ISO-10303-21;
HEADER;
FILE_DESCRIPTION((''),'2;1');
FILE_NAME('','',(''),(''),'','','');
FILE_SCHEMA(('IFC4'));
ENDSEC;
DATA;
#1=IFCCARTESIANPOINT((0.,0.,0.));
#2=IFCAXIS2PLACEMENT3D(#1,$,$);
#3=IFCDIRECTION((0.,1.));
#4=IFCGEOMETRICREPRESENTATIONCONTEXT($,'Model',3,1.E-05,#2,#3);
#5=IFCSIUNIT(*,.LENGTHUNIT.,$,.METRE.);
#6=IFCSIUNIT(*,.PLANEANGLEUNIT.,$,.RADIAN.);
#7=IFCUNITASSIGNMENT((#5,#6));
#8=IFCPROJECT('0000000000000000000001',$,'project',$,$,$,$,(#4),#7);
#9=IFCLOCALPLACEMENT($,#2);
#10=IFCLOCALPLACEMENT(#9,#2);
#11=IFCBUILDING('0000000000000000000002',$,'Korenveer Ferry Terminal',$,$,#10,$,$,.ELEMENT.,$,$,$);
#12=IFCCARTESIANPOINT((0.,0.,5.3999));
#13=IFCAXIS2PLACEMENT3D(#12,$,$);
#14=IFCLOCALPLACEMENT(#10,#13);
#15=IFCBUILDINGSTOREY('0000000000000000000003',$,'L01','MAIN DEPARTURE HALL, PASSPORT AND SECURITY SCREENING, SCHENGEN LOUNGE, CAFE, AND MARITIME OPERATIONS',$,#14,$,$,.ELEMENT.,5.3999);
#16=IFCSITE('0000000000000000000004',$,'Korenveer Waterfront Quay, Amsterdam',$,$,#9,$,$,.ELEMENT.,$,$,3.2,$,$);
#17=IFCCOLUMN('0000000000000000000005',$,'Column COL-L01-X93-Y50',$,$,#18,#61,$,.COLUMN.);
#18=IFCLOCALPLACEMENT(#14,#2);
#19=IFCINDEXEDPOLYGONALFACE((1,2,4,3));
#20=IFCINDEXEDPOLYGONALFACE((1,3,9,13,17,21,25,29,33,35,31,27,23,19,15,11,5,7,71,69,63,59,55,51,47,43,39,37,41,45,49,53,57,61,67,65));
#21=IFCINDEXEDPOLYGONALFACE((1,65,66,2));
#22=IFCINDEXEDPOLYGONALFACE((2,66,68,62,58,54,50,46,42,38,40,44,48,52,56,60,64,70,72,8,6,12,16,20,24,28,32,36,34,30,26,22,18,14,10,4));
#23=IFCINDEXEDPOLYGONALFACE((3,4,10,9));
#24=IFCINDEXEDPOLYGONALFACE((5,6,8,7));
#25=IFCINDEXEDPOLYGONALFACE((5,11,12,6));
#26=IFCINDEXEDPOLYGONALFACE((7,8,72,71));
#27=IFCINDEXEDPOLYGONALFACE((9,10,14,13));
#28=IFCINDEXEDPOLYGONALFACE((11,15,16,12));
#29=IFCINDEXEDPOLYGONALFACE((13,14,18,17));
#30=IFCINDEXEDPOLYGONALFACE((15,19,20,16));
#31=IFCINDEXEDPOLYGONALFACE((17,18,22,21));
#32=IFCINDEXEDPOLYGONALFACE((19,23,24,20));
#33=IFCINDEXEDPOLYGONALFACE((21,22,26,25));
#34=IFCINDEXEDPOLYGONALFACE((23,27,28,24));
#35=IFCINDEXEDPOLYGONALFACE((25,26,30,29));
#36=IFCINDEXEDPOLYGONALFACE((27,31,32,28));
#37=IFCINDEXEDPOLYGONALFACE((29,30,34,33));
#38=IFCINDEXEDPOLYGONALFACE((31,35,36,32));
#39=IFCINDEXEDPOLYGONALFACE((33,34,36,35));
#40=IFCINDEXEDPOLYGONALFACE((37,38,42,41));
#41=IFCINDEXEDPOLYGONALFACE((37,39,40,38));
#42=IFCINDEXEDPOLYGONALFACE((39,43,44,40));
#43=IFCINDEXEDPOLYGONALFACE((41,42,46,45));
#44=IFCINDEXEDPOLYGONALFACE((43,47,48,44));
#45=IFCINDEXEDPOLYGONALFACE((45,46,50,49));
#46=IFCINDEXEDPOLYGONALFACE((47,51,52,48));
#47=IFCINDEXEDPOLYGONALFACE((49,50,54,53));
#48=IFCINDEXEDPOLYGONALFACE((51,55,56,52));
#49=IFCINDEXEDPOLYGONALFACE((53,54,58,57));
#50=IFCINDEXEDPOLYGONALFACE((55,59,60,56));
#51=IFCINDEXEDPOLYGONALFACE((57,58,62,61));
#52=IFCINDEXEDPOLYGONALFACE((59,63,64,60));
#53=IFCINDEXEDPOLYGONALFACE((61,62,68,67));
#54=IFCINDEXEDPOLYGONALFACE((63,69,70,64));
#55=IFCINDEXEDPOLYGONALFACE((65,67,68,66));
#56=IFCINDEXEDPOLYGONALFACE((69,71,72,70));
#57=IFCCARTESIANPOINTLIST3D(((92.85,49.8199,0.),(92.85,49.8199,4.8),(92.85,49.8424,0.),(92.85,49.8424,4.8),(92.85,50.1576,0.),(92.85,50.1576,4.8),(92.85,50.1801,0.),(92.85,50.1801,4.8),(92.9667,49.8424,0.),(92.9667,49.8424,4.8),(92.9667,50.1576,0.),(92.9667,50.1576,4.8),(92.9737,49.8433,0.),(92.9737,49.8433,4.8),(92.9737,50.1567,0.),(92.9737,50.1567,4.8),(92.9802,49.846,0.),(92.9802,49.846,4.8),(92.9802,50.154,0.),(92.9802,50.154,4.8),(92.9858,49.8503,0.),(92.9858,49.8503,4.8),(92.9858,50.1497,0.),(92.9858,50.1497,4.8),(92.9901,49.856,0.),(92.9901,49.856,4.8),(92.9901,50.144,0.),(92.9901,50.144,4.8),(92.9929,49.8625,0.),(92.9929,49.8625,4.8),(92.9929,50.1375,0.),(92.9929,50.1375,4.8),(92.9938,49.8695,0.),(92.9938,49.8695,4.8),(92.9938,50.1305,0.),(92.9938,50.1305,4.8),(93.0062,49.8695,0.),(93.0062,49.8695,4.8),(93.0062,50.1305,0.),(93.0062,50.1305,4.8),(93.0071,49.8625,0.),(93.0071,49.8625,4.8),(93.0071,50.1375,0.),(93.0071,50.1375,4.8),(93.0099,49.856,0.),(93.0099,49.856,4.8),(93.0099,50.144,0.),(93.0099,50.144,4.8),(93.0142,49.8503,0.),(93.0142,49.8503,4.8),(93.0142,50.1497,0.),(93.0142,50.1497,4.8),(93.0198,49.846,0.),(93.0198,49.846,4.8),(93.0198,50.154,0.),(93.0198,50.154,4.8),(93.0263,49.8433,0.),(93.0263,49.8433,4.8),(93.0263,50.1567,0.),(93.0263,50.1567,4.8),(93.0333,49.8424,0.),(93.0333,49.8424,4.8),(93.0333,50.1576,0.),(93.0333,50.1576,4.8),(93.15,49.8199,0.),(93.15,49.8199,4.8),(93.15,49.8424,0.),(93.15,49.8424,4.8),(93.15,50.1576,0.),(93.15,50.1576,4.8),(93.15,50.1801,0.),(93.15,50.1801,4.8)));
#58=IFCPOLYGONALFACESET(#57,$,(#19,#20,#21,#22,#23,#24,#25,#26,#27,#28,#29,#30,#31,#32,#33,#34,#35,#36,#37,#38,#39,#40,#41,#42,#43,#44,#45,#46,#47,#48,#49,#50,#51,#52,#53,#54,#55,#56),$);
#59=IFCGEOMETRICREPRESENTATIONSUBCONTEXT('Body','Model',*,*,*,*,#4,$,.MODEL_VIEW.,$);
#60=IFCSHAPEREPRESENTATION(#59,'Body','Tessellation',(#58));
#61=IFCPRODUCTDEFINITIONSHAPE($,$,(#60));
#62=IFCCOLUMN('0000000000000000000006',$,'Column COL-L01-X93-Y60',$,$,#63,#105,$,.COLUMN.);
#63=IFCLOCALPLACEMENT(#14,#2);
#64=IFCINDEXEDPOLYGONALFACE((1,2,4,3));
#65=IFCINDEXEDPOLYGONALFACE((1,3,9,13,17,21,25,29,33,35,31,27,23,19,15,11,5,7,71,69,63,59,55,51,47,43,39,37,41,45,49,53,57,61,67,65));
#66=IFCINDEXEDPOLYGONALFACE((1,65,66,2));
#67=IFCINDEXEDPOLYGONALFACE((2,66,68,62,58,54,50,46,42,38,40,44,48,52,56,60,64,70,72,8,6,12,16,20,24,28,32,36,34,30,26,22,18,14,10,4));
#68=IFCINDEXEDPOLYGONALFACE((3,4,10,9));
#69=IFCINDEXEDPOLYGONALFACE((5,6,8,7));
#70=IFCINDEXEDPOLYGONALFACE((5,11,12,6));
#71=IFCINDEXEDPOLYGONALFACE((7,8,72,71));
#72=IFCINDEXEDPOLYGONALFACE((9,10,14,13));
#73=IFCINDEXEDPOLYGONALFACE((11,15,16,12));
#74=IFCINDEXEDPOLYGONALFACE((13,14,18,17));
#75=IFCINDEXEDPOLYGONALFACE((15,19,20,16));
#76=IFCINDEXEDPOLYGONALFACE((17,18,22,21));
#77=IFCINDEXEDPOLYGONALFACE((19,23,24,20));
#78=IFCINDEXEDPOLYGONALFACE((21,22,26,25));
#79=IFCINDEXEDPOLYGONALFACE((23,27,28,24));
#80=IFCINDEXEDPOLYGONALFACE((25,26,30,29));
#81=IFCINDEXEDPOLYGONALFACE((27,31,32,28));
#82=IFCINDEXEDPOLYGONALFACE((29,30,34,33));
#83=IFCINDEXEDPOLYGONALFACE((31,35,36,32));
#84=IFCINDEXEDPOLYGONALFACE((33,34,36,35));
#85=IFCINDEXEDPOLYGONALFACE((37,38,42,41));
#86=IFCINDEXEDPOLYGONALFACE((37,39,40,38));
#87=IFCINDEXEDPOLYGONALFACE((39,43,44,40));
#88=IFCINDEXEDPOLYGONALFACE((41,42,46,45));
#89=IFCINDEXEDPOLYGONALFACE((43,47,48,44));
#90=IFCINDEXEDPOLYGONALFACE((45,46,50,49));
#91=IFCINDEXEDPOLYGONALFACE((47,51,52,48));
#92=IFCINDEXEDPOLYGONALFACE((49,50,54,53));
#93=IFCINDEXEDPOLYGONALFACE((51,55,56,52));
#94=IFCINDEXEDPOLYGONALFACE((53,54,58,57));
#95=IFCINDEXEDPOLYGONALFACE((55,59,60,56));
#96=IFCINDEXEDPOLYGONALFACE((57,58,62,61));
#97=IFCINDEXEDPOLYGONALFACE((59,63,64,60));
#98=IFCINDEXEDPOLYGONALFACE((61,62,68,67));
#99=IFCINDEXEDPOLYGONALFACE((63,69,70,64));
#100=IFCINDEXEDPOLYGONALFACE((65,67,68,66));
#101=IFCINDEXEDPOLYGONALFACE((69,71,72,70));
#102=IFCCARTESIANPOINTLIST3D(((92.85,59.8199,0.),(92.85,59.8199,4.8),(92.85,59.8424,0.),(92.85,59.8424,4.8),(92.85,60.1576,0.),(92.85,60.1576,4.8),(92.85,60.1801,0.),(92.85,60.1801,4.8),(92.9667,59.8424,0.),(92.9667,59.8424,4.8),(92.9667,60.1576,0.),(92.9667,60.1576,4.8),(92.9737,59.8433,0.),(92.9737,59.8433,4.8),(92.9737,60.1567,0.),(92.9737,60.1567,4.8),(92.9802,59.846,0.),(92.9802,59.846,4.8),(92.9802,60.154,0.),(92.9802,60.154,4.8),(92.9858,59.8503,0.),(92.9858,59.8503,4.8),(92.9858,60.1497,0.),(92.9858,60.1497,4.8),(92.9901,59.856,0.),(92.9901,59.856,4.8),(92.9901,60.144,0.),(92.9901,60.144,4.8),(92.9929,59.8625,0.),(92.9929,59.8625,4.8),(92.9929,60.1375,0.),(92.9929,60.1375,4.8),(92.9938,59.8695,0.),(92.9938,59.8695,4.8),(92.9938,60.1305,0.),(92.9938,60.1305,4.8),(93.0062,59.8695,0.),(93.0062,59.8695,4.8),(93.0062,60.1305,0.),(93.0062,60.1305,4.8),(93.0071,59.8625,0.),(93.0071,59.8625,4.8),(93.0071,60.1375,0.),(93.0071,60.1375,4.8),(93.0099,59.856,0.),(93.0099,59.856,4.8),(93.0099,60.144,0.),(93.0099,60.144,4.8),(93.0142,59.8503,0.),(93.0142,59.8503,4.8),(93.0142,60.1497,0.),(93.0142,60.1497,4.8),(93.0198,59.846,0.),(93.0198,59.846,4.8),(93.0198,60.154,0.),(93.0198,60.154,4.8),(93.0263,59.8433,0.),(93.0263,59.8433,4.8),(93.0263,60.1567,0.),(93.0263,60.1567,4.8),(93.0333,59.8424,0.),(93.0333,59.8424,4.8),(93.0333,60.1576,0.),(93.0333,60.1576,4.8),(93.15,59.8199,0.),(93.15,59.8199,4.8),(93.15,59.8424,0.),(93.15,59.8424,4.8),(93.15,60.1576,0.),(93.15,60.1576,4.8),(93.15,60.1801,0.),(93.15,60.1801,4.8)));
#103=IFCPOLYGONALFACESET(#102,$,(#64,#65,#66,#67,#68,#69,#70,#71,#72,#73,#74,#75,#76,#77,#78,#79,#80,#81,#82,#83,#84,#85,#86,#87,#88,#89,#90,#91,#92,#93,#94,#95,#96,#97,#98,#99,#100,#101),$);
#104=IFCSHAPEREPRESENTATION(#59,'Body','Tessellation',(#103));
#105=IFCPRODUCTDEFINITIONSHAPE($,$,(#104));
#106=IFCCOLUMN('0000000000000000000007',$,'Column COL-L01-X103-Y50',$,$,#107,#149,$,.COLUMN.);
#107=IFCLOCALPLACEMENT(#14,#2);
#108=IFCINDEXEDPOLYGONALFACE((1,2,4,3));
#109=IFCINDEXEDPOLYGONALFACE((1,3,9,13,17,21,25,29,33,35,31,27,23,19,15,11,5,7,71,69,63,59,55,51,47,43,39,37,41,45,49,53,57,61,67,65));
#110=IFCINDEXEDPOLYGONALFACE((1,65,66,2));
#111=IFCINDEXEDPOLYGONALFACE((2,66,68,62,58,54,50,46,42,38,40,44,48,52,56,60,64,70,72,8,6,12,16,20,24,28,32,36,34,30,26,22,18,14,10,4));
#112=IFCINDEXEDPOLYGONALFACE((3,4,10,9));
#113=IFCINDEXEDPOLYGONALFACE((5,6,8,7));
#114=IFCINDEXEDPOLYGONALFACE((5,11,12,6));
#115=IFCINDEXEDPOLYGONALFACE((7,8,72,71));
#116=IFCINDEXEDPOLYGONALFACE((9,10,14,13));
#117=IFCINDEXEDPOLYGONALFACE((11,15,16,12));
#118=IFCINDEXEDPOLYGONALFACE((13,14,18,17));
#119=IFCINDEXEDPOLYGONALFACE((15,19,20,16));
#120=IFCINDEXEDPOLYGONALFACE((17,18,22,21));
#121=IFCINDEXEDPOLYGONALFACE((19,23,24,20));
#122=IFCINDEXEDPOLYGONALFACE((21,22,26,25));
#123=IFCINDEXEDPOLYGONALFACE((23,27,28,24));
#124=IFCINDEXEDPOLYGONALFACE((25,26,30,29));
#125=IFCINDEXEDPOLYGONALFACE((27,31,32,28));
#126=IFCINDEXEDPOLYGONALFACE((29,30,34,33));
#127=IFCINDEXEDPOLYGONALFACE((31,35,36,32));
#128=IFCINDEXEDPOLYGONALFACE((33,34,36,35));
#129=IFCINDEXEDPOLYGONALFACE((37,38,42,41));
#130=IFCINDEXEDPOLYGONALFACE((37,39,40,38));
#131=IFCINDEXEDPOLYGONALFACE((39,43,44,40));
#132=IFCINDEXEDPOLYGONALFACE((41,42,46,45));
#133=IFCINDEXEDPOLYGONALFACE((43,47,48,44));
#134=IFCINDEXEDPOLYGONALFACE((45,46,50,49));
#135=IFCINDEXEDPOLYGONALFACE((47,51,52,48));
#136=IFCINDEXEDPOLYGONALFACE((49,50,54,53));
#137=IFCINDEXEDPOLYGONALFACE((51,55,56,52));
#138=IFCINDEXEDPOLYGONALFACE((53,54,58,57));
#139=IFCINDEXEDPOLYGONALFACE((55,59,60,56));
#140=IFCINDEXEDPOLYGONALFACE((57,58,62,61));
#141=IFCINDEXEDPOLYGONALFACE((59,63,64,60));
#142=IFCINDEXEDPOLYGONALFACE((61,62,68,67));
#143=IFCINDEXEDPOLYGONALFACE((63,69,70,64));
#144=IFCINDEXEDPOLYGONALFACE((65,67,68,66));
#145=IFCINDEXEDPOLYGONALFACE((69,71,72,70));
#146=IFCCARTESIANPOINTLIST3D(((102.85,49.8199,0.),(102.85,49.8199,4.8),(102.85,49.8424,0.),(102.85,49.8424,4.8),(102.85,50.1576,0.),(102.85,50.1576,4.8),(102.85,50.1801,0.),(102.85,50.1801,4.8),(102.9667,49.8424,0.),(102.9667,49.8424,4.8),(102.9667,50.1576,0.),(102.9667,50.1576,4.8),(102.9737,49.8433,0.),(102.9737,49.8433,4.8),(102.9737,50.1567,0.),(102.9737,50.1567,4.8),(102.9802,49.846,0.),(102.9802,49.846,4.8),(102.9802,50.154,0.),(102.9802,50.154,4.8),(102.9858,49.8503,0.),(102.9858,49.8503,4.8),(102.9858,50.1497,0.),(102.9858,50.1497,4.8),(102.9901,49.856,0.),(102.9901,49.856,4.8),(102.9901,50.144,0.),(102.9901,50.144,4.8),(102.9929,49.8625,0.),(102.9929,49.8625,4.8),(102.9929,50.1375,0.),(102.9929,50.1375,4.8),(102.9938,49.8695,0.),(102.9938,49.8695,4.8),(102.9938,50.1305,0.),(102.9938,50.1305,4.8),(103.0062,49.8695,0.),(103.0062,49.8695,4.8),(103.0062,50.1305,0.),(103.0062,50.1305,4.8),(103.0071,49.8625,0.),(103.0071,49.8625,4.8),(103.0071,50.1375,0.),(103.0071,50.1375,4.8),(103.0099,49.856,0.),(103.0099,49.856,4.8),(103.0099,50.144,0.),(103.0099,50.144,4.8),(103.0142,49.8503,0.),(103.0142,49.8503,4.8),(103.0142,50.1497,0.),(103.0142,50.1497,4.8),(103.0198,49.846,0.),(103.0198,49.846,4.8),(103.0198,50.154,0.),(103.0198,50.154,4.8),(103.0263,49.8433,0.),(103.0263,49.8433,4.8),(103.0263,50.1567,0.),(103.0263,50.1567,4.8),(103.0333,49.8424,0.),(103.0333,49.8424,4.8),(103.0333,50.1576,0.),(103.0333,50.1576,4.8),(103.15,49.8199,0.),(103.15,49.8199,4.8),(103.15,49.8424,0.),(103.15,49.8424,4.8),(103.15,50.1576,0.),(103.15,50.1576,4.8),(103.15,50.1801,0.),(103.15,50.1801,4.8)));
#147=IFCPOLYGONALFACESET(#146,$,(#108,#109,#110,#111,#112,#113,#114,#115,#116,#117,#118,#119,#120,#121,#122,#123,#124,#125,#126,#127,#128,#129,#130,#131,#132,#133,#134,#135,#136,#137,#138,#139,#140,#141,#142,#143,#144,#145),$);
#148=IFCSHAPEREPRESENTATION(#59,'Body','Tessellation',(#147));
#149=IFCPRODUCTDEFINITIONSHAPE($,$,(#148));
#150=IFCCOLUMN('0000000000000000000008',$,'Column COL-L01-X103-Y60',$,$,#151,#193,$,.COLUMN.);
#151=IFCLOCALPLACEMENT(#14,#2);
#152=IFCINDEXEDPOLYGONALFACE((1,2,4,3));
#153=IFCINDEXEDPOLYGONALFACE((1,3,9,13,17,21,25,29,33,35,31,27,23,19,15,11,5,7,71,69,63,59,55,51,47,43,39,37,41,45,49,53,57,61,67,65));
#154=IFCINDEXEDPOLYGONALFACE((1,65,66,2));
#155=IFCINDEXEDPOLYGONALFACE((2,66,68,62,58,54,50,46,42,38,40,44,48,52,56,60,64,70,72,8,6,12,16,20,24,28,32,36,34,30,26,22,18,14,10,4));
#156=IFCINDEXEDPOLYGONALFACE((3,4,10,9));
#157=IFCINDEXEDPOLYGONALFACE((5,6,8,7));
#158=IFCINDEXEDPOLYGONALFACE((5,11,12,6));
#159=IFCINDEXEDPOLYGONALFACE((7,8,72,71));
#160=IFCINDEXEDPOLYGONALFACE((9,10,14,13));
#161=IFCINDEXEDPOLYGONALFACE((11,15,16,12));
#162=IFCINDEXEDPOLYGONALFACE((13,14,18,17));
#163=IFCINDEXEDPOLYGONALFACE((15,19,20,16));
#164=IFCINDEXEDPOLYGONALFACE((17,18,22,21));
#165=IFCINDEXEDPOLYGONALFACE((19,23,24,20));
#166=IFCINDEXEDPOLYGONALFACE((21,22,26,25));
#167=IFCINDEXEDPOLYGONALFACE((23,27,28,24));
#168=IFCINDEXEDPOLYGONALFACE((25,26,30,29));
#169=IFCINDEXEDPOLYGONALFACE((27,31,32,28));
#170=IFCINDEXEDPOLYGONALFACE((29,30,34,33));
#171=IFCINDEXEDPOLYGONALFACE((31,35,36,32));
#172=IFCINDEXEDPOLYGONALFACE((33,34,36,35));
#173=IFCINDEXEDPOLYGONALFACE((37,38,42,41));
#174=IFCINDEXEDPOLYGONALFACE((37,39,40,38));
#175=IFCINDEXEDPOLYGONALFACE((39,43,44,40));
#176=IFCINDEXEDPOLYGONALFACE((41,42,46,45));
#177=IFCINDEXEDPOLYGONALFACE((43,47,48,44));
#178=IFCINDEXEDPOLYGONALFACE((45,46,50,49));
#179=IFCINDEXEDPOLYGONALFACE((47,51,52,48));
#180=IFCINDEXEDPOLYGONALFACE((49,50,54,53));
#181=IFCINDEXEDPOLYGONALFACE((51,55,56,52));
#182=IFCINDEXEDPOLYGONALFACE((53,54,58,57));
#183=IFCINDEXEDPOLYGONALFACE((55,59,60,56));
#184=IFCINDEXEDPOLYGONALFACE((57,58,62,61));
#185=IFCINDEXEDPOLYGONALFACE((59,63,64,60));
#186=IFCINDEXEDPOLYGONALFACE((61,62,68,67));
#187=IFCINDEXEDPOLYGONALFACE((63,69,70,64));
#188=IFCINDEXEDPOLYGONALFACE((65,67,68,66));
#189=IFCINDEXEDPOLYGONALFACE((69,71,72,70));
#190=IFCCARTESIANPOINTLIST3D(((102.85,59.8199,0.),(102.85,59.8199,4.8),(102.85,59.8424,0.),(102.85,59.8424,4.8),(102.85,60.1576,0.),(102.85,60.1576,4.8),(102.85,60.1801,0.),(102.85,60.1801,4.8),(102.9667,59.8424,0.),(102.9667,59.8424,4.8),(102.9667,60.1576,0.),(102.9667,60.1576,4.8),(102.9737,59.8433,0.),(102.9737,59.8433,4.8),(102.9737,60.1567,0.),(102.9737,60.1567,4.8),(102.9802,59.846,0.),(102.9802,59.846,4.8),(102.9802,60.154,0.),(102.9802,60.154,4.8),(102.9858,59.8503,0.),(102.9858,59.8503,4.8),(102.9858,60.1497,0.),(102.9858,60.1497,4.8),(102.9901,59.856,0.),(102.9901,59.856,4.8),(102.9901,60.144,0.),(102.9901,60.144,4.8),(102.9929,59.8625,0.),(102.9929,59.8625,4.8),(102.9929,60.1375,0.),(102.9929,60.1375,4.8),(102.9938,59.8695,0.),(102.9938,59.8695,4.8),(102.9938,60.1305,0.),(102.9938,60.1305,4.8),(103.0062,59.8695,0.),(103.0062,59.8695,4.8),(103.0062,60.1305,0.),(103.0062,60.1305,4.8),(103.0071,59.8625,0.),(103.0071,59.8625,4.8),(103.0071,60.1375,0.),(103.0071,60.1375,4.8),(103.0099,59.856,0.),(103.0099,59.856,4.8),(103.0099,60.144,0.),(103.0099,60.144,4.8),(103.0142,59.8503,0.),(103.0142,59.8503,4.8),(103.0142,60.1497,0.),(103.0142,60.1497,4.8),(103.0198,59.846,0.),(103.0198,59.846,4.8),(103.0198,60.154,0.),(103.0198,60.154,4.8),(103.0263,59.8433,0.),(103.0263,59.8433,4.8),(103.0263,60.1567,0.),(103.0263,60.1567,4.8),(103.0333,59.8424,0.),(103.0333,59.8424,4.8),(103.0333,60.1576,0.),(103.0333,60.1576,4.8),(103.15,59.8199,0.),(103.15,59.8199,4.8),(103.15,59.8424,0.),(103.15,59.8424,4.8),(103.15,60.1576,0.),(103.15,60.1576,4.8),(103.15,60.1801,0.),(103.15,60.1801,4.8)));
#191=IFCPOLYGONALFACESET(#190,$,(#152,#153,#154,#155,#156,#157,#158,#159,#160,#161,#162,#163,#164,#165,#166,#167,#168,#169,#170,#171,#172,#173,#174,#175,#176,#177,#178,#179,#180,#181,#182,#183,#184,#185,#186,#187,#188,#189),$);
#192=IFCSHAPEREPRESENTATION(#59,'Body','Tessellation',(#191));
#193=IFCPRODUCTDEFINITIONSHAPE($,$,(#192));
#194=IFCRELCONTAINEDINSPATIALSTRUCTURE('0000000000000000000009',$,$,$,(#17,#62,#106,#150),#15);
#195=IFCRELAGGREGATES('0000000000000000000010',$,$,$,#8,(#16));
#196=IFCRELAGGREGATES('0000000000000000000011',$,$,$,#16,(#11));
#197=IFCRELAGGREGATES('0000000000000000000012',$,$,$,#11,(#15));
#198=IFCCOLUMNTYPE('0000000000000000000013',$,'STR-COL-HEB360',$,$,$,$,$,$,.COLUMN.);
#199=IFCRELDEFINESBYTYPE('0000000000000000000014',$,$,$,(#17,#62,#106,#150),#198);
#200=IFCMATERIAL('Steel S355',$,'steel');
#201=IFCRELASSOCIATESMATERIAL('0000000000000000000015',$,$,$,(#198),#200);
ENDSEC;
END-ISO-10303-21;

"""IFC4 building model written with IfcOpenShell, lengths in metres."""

from ifc_helpers import new_model, si_unit, direction, frame, origin, origin_2d, place, context, subcontext, project, spatial, i_section, extrude, material, material_profile, profile_set, type_object, element, save


model = new_model("IFC4")

# Units and contexts
model_context = context("Model", 3, precision=1e-05, world=origin(), true_north=direction((0.0, 1.0)))
body_context = subcontext(model_context, "Body", "Model", "MODEL_VIEW")
ifc_project = project(units=[si_unit("LENGTHUNIT", "METRE"), si_unit("PLANEANGLEUNIT", "RADIAN")], contexts=[model_context])

# Site, building, storey
site_placement = place(None, origin())
site = spatial("IfcSite", under=ifc_project, at=site_placement, Name="Korenveer Waterfront Quay, Amsterdam", CompositionType="ELEMENT", RefElevation=3.2)
building_placement = place(site_placement, origin())
building = spatial("IfcBuilding", under=site, at=building_placement, Name="Korenveer Ferry Terminal", CompositionType="ELEMENT")
storey_placement = place(building_placement, frame((0.0, 0.0, 5.3999)))
storey = spatial("IfcBuildingStorey", under=building, at=storey_placement, Name="L01", Description="MAIN DEPARTURE HALL, PASSPORT AND SECURITY SCREENING, SCHENGEN LOUNGE, CAFE, AND MARITIME OPERATIONS", CompositionType="ELEMENT", Elevation=5.3999)

# Columns
ifc_material_1 = material(Name="Steel S355", Category="steel")
ifc_material_profile_1 = material_profile(ifc_material_1, i_section(OverallWidth=0.3, OverallDepth=0.3601, WebThickness=0.0125, FlangeThickness=0.0225, FilletRadius=0.0271, at=origin_2d()), Name="HEB 360")
ifc_profile_set_1 = profile_set([ifc_material_profile_1], Name="Steel S355")
column_type = type_object("IfcColumnType", Name="STR-COL-HEB360", PredefinedType="COLUMN", material=ifc_profile_set_1)
for number, where, z_axis, x_axis, name in (
    (1, (93.0, 50.0, 0.0), (0.0, 0.0, 1.0), (1.0, 0.0, 0.0), "Column COL-L01-X93-Y50"),
    (2, (93.0, 60.0, 0.0), (0.0, 0.0, 1.0), (1.0, 0.0, 0.0), "Column COL-L01-X93-Y60"),
    (3, (103.0, 50.0, 0.0), (0.0, 0.0, 1.0), (1.0, 0.0, 0.0), "Column COL-L01-X103-Y50"),
    (4, (103.0, 60.0, 0.0), (0.0, 0.0, 1.0), (1.0, 0.0, 0.0), "Column COL-L01-X103-Y60"),
):
    element("IfcColumn", number, at=place(storey_placement, frame(where, z_axis=z_axis, x_axis=x_axis)), inside=storey, type_object=column_type, Name=name, PredefinedType="COLUMN", context=body_context, shape_type="SweptSolid", body=[
        extrude(i_section(OverallWidth=0.3, OverallDepth=0.3601, WebThickness=0.0125, FlangeThickness=0.0225, FilletRadius=0.0271, at=origin_2d()), origin(), (0.0, 0.0, 1.0), 4.8),
    ])

save(model, "model.ifc")
